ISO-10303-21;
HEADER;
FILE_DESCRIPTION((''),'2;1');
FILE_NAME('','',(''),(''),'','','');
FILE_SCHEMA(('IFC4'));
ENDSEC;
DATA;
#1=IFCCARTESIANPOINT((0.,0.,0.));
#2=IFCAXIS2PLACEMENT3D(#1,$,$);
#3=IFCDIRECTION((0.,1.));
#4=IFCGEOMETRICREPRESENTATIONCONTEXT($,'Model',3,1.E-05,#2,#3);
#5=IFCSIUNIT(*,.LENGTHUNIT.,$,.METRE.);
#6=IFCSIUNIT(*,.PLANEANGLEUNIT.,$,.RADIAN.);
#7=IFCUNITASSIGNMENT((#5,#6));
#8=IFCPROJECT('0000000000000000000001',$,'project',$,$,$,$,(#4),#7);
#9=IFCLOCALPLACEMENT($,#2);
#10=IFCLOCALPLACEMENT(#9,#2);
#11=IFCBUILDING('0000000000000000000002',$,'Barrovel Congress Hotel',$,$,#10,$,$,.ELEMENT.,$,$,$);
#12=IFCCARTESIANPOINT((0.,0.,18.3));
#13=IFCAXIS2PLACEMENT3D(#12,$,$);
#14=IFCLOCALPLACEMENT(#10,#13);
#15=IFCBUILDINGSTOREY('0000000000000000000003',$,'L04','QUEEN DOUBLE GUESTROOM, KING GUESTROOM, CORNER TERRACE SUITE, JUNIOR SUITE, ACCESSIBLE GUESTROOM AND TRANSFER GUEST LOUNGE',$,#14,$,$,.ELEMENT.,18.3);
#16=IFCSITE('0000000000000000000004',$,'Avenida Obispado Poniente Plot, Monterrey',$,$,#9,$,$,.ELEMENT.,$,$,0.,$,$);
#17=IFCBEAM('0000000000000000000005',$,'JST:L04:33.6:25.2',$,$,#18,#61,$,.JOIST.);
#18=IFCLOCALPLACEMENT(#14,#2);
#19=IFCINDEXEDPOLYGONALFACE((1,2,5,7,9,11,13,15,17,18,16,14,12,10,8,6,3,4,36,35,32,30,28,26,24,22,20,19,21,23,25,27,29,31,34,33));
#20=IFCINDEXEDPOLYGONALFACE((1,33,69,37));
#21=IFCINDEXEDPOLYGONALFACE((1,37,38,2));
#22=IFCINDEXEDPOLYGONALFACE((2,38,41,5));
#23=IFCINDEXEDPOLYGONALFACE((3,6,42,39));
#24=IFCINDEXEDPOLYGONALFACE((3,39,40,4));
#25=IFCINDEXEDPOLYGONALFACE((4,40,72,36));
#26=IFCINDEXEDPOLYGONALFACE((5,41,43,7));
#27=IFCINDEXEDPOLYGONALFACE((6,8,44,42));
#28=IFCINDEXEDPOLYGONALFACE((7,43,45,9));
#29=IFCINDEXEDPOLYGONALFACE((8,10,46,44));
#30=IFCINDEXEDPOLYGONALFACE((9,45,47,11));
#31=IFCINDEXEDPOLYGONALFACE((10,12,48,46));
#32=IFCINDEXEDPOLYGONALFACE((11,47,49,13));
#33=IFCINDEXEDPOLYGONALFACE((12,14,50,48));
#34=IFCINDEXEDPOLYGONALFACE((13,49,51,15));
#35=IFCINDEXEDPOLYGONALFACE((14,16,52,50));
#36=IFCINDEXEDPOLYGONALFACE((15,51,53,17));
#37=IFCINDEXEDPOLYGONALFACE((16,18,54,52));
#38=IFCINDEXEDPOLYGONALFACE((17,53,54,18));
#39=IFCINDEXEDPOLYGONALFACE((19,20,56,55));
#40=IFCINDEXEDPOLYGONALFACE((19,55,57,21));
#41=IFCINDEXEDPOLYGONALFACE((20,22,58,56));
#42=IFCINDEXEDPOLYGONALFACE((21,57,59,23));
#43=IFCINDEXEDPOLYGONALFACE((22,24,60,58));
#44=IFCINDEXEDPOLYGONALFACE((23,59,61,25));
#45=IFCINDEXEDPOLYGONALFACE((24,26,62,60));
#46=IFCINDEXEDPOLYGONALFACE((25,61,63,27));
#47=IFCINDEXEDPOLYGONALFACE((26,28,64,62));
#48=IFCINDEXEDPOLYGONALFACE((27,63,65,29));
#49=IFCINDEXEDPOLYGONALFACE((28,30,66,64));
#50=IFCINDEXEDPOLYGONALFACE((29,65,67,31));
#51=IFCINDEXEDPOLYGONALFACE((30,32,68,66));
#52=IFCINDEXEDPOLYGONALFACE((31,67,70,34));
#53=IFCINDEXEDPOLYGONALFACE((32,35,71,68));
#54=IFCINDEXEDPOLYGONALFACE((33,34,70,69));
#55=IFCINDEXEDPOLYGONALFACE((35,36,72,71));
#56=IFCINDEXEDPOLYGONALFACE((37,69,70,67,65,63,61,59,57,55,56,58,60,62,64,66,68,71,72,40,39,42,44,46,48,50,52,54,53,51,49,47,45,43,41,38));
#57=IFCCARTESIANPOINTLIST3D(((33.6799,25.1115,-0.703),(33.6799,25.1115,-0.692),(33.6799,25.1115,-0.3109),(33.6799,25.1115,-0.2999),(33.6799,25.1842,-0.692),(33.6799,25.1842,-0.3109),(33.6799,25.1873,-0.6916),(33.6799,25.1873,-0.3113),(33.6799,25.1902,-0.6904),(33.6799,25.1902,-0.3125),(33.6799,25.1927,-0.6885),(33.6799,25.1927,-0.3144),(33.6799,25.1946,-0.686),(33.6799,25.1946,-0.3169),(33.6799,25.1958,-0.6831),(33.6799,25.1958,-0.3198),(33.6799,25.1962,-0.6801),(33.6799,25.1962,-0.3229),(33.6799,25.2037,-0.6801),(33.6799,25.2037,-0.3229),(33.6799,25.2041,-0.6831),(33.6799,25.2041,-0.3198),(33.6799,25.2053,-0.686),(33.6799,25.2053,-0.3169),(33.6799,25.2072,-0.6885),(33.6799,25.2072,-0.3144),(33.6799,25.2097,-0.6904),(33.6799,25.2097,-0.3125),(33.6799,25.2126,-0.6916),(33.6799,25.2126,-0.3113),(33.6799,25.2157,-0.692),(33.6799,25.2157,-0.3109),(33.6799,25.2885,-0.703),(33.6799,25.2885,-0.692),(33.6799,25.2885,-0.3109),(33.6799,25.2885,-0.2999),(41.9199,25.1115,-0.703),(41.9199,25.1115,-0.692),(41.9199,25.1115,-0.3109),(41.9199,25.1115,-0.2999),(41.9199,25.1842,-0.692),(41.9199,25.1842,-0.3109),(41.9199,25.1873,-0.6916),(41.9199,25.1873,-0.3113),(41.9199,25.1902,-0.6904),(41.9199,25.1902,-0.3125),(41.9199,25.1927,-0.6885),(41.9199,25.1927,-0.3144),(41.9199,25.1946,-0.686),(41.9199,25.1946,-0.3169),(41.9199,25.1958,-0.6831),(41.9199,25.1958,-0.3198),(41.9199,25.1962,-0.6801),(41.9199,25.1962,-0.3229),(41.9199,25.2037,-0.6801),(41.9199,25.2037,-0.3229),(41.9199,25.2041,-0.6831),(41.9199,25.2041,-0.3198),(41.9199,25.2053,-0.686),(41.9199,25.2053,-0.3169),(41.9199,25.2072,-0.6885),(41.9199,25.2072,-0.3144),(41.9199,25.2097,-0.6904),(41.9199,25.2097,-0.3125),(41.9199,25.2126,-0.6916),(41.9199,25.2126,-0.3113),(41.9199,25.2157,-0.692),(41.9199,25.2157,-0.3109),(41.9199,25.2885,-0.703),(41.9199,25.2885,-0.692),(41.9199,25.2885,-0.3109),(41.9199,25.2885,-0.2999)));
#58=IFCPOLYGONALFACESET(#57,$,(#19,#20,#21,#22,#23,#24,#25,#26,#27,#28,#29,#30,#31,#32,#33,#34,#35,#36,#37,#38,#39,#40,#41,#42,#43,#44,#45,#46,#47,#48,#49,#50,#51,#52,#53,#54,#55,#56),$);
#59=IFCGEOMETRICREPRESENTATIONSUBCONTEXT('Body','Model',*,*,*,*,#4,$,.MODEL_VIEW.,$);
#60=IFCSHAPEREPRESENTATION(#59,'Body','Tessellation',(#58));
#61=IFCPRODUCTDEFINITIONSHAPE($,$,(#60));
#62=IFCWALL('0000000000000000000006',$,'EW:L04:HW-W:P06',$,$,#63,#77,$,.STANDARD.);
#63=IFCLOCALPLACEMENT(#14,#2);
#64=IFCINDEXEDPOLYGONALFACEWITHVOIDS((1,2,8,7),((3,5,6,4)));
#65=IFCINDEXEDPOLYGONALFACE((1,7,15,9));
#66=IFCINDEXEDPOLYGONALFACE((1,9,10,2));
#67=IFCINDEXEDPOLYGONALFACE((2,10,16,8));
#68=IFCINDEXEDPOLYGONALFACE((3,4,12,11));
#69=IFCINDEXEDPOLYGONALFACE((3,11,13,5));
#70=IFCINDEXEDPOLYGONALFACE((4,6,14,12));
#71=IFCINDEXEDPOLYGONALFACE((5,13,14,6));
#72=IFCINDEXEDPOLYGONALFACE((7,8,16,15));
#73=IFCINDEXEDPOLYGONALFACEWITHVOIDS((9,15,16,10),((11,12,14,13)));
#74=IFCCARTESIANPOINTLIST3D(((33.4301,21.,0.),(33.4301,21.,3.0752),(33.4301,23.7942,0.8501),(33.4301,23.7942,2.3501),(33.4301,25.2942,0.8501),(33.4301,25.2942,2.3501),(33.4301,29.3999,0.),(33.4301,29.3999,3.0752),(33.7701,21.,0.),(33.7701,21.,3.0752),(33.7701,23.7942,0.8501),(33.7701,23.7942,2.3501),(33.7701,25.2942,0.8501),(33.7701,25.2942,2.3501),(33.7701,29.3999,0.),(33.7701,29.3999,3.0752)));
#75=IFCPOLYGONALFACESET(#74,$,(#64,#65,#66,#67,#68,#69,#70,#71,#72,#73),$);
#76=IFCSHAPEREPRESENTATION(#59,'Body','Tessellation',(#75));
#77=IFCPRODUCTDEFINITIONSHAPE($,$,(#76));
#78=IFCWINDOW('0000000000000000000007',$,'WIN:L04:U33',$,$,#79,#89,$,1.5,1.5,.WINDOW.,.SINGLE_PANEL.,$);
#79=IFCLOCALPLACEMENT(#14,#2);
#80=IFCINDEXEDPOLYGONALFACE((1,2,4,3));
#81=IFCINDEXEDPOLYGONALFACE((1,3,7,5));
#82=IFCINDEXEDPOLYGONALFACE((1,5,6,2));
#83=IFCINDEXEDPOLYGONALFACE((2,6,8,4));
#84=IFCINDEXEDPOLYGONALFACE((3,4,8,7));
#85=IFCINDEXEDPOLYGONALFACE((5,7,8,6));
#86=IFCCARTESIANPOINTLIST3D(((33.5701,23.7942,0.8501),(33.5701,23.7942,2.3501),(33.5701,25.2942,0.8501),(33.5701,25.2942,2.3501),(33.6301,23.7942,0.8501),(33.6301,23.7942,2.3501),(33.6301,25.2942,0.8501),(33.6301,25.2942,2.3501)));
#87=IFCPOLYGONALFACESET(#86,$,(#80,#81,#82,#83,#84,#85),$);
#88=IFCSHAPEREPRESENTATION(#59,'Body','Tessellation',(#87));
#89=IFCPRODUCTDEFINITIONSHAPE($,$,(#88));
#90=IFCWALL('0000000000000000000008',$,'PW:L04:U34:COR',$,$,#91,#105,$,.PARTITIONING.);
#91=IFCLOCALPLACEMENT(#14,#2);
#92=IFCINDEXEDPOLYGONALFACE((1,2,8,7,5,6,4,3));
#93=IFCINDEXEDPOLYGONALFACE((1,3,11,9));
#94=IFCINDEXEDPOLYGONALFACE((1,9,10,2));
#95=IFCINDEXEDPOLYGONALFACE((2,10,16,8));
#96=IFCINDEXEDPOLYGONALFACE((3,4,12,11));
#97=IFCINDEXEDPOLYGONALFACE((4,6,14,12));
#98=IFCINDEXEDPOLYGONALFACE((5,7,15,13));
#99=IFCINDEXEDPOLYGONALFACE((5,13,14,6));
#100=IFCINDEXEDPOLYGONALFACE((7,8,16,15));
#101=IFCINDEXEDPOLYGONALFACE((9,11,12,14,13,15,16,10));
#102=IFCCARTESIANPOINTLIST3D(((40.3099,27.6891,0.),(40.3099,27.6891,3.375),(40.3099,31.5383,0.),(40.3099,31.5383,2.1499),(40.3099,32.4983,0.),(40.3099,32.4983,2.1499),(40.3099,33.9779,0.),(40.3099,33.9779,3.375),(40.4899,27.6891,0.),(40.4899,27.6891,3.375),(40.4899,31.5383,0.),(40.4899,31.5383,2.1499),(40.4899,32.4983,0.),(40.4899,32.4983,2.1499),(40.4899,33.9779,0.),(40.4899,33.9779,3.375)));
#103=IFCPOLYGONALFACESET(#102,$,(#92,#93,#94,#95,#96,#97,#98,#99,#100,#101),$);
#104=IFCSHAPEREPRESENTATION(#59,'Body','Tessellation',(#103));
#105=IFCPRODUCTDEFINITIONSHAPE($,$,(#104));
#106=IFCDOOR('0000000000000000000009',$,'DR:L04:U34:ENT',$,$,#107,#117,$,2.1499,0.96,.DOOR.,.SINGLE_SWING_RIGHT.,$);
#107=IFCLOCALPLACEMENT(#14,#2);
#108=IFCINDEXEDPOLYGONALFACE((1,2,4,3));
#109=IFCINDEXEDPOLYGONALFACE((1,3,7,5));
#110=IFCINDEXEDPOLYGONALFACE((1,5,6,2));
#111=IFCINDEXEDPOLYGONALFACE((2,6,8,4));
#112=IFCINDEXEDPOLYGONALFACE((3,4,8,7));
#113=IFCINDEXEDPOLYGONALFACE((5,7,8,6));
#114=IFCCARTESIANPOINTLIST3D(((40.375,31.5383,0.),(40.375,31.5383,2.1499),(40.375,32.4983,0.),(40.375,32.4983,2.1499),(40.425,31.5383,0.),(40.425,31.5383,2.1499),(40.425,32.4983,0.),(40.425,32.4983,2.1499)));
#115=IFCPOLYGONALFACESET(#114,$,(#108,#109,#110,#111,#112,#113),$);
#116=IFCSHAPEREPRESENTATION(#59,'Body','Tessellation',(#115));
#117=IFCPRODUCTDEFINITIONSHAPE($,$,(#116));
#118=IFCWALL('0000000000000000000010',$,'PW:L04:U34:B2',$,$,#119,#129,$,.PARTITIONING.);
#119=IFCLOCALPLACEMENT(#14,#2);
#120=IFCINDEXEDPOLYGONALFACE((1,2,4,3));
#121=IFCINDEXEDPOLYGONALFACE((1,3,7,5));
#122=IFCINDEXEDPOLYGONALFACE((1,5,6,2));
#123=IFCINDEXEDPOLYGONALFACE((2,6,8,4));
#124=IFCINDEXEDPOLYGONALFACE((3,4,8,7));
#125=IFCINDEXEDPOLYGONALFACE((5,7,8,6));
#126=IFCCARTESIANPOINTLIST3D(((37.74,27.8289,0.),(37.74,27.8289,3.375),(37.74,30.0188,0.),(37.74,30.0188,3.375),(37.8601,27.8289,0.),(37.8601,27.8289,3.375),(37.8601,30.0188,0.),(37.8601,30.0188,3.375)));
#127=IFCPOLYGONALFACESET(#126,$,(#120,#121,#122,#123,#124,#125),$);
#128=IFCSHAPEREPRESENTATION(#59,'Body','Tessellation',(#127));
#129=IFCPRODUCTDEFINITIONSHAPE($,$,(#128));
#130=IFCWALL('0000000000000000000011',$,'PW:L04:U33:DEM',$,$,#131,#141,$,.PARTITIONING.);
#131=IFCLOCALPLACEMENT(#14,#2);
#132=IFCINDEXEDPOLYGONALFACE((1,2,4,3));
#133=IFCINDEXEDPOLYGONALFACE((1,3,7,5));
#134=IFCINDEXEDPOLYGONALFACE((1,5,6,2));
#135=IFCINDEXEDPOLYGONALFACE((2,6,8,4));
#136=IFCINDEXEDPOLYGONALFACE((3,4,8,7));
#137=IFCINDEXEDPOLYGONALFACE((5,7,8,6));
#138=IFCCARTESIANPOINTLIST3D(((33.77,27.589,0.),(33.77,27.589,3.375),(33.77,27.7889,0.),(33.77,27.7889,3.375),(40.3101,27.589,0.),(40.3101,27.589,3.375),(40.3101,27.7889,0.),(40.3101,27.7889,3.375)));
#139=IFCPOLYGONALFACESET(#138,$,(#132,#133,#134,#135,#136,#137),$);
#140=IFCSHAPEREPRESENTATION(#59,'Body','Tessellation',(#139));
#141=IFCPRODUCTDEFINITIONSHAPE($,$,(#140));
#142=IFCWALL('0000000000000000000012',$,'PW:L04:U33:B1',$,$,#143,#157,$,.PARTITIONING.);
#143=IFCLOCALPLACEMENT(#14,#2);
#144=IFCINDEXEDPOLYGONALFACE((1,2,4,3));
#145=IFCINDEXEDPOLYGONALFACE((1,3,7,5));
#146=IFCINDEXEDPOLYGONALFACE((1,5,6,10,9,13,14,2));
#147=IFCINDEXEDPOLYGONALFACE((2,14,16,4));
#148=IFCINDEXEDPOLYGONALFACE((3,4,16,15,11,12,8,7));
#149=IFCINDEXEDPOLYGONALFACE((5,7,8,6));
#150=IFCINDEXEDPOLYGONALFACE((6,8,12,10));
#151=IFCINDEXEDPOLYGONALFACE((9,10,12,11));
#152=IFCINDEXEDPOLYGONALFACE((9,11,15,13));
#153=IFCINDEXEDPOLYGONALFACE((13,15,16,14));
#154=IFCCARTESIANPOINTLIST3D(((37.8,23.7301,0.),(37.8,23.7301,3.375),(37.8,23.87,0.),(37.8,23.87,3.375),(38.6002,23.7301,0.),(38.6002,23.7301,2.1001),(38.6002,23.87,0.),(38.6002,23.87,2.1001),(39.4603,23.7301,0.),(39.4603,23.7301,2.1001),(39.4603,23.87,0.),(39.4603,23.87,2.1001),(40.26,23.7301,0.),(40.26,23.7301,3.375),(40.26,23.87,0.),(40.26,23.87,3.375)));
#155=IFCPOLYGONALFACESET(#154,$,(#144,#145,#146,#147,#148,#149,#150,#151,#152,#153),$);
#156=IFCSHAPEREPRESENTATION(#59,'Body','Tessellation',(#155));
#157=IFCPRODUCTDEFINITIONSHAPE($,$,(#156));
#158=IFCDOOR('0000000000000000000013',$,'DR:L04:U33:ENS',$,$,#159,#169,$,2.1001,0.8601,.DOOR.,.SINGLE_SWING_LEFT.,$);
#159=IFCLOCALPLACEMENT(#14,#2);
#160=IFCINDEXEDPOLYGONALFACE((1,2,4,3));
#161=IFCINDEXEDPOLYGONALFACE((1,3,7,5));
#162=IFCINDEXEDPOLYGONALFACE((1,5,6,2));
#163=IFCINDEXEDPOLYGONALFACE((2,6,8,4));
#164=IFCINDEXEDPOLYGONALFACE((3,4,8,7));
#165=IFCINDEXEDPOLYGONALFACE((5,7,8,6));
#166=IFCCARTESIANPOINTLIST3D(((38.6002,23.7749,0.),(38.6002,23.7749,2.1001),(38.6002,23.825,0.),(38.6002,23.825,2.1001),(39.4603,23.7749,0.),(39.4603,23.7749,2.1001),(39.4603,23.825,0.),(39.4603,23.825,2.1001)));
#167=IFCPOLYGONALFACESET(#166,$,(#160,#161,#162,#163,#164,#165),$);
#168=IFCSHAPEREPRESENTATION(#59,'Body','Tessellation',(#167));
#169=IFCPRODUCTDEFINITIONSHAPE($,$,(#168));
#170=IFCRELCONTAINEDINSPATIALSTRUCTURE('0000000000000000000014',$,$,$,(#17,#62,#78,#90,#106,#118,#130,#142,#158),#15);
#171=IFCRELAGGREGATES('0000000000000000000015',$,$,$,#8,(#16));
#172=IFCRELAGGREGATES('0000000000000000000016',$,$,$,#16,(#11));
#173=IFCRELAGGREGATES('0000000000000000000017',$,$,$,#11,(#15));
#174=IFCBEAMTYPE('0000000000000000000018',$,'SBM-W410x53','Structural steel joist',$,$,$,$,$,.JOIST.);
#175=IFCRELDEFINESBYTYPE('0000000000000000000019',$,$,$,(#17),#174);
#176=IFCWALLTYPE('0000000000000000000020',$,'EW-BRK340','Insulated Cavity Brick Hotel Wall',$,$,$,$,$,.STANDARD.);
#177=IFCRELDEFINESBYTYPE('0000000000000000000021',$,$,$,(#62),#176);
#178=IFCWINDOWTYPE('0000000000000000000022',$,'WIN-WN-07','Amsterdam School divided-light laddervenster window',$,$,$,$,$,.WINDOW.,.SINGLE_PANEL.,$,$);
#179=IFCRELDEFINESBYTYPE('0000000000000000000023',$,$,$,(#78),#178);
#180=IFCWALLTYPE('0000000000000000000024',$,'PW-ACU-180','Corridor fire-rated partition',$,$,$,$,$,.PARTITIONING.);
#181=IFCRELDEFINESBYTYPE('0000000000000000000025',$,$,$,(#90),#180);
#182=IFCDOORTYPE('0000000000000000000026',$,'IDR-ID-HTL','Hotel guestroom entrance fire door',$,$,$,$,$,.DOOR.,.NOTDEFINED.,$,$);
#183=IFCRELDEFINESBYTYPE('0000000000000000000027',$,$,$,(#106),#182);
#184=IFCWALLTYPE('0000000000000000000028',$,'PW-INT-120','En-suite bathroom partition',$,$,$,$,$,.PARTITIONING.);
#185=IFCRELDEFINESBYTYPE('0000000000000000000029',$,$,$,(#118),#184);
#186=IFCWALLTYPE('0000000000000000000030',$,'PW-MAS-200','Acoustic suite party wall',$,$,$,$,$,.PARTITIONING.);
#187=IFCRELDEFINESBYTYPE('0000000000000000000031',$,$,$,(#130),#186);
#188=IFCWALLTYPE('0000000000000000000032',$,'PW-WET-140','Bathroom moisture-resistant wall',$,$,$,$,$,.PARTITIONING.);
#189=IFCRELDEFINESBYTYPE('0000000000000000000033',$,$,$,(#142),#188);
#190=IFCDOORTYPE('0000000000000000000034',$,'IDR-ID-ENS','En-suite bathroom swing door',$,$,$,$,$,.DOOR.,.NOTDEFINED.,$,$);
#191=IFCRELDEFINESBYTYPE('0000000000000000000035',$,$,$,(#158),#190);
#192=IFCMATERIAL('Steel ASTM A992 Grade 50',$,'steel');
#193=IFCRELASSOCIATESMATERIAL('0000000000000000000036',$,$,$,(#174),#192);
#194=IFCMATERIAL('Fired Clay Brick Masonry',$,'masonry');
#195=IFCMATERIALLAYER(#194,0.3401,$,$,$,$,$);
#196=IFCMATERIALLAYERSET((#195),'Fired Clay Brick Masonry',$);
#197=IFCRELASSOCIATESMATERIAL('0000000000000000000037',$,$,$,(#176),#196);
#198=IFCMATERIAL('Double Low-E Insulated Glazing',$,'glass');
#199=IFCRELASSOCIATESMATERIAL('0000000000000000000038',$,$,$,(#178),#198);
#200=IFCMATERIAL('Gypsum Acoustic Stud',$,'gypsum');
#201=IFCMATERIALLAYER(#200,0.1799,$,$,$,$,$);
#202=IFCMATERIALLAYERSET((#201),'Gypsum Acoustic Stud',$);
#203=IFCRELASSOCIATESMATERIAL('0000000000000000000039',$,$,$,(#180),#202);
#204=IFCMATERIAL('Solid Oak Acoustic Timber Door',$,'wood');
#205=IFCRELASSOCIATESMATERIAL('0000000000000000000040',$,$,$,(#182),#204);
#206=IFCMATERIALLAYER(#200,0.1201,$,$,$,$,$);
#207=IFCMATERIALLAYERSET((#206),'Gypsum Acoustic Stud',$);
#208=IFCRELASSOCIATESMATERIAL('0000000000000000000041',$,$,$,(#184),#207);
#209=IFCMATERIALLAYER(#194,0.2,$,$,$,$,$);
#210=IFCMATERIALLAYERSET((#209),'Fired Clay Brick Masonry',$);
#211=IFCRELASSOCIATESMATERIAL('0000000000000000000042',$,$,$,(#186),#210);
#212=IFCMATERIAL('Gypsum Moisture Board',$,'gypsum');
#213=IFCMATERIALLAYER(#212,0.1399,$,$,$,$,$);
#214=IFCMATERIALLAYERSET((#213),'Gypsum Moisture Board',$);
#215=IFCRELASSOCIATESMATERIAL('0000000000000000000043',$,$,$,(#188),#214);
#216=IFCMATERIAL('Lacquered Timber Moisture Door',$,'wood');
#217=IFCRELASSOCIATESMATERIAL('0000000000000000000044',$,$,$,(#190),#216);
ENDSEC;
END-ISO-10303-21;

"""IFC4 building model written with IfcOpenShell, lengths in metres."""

from ifc_helpers import new_model, si_unit, direction, frame, frame_2d, origin, origin_2d, place, context, subcontext, project, spatial, rectangle, i_section, extrude, material, layer, layer_set, material_profile, profile_set, type_object, element, fill, save


model = new_model("IFC4")

# Units and contexts
model_context = context("Model", 3, precision=1e-05, world=origin(), true_north=direction((0.0, 1.0)))
body_context = subcontext(model_context, "Body", "Model", "MODEL_VIEW")
ifc_project = project(units=[si_unit("LENGTHUNIT", "METRE"), si_unit("PLANEANGLEUNIT", "RADIAN")], contexts=[model_context])

# Site, building, storey
site_placement = place(None, origin())
site = spatial("IfcSite", under=ifc_project, at=site_placement, Name="Avenida Obispado Poniente Plot, Monterrey", CompositionType="ELEMENT", RefElevation=0.0)
building_placement = place(site_placement, origin())
building = spatial("IfcBuilding", under=site, at=building_placement, Name="Barrovel Congress Hotel", CompositionType="ELEMENT")
storey_placement = place(building_placement, frame((0.0, 0.0, 18.3)))
storey = spatial("IfcBuildingStorey", under=building, at=storey_placement, Name="L04", Description="QUEEN DOUBLE GUESTROOM, KING GUESTROOM, CORNER TERRACE SUITE, JUNIOR SUITE, ACCESSIBLE GUESTROOM AND TRANSFER GUEST LOUNGE", CompositionType="ELEMENT", Elevation=18.3)

# Beam
ifc_material_1 = material(Name="Steel ASTM A992 Grade 50", Category="steel")
ifc_material_profile_1 = material_profile(ifc_material_1, i_section(OverallWidth=0.177, OverallDepth=0.4031, WebThickness=0.0076, FlangeThickness=0.011, FilletRadius=0.012, at=origin_2d()), Name="W410x53")
ifc_profile_set_1 = profile_set([ifc_material_profile_1], Name="Steel ASTM A992 Grade 50")
beam_type_1 = type_object("IfcBeamType", Name="SBM-W410x53", Description="Structural steel joist", PredefinedType="JOIST", material=ifc_profile_set_1)
beam_1_placement = place(storey_placement, frame((33.6799, 25.2, -0.5015), z_axis=(1.0, 0.0, 0.0), x_axis=(0.0, 1.0, 0.0)))
element("IfcBeam", 1, at=beam_1_placement, inside=storey, type_object=beam_type_1, Name="JST:L04:33.6:25.2", PredefinedType="JOIST", context=body_context, shape_type="SweptSolid", body=[
    extrude(i_section(OverallWidth=0.177, OverallDepth=0.4031, WebThickness=0.0076, FlangeThickness=0.011, FilletRadius=0.012, at=origin_2d()), origin(), (0.0, 0.0, 1.0), 8.24),
])

# Wall, opening, window
ifc_material_2 = material(Name="Fired Clay Brick Masonry", Category="masonry")
ifc_layer_1 = layer(ifc_material_2, 0.3401)
ifc_layer_set_1 = layer_set([ifc_layer_1], Name="Fired Clay Brick Masonry")
wall_type_1 = type_object("IfcWallType", Name="EW-BRK340", Description="Insulated Cavity Brick Hotel Wall", PredefinedType="STANDARD", material=ifc_layer_set_1)
wall_1_placement = place(storey_placement, frame((33.6001, 29.3999, 0.0), z_axis=(0.0, 0.0, 1.0), x_axis=(0.0, -1.0, 0.0)))
wall_1 = element("IfcWall", 2, at=wall_1_placement, inside=storey, type_object=wall_type_1, Name="EW:L04:HW-W:P06", PredefinedType="STANDARD", context=body_context, shape_type="SweptSolid", body=[
    extrude(rectangle(XDim=8.3999, YDim=0.3401, at=frame_2d((4.2, 0.0))), origin(), (0.0, 0.0, 1.0), 3.0752),
])
opening_1_placement = place(wall_1_placement, frame((4.1057, 0.0, 0.8501)))
opening_1 = element("IfcOpeningElement", 3, at=opening_1_placement, cuts=wall_1, PredefinedType="OPENING", context=body_context, shape_type="SweptSolid", body=[
    extrude(rectangle(XDim=1.5, YDim=1.5, at=frame_2d((0.75, 0.75))), frame((0.0, 0.1802, 0.0), z_axis=(0.0, -1.0, 0.0), x_axis=(1.0, 0.0, 0.0)), (0.0, 0.0, 1.0), 0.3601),
])
ifc_material_3 = material(Name="Double Low-E Insulated Glazing", Category="glass")
window_type = type_object("IfcWindowType", Name="WIN-WN-07", Description="Amsterdam School divided-light laddervenster window", PartitioningType="SINGLE_PANEL", PredefinedType="WINDOW", material=ifc_material_3)
window_placement = place(opening_1_placement, origin())
window = element("IfcWindow", 4, at=window_placement, inside=storey, type_object=window_type, Name="WIN:L04:U33", OverallHeight=1.5, OverallWidth=1.5, PartitioningType="SINGLE_PANEL", PredefinedType="WINDOW", context=body_context, shape_type="SweptSolid", body=[
    extrude(rectangle(XDim=1.5, YDim=1.5, at=frame_2d((0.75, 0.75))), frame((0.0, 0.03, 0.0), z_axis=(0.0, -1.0, 0.0), x_axis=(1.0, 0.0, 0.0)), (0.0, 0.0, 1.0), 0.0601),
])
fill(opening_1, window)

# Wall, opening, door
ifc_material_4 = material(Name="Gypsum Acoustic Stud", Category="gypsum")
ifc_layer_2 = layer(ifc_material_4, 0.1799)
ifc_layer_set_2 = layer_set([ifc_layer_2], Name="Gypsum Acoustic Stud")
wall_type_2 = type_object("IfcWallType", Name="PW-ACU-180", Description="Corridor fire-rated partition", PredefinedType="PARTITIONING", material=ifc_layer_set_2)
wall_2_placement = place(storey_placement, frame((40.3999, 27.689, 0.0), z_axis=(0.0, 0.0, 1.0), x_axis=(0.0, 1.0, 0.0)))
wall_2 = element("IfcWall", 5, at=wall_2_placement, inside=storey, type_object=wall_type_2, Name="PW:L04:U34:COR", PredefinedType="PARTITIONING", context=body_context, shape_type="SweptSolid", body=[
    extrude(rectangle(XDim=6.2888, YDim=0.1799, at=frame_2d((3.1445, 0.0))), origin(), (0.0, 0.0, 1.0), 3.375),
])
opening_2_placement = place(wall_2_placement, frame((3.8494, 0.0, 0.0)))
opening_2 = element("IfcOpeningElement", 6, at=opening_2_placement, cuts=wall_2, PredefinedType="OPENING", context=body_context, shape_type="SweptSolid", body=[
    extrude(rectangle(XDim=0.96, YDim=2.1499, at=frame_2d((0.48, 1.075))), frame((0.0, 0.1001, 0.0), z_axis=(0.0, -1.0, 0.0), x_axis=(1.0, 0.0, 0.0)), (0.0, 0.0, 1.0), 0.2),
])
ifc_material_5 = material(Name="Solid Oak Acoustic Timber Door", Category="wood")
door_type_1 = type_object("IfcDoorType", Name="IDR-ID-HTL", Description="Hotel guestroom entrance fire door", OperationType="NOTDEFINED", PredefinedType="DOOR", material=ifc_material_5)
door_1_placement = place(opening_2_placement, origin())
door_1 = element("IfcDoor", 7, at=door_1_placement, inside=storey, type_object=door_type_1, Name="DR:L04:U34:ENT", OperationType="SINGLE_SWING_RIGHT", OverallHeight=2.1499, OverallWidth=0.96, PredefinedType="DOOR", context=body_context, shape_type="SweptSolid", body=[
    extrude(rectangle(XDim=0.96, YDim=2.1499, at=frame_2d((0.48, 1.075))), frame((0.0, 0.0249, 0.0), z_axis=(0.0, -1.0, 0.0), x_axis=(1.0, 0.0, 0.0)), (0.0, 0.0, 1.0), 0.05),
])
fill(opening_2, door_1)

# Walls
ifc_layer_3 = layer(ifc_material_4, 0.1201)
ifc_layer_set_3 = layer_set([ifc_layer_3], Name="Gypsum Acoustic Stud")
wall_type_3 = type_object("IfcWallType", Name="PW-INT-120", Description="En-suite bathroom partition", PredefinedType="PARTITIONING", material=ifc_layer_set_3)
wall_3_placement = place(storey_placement, frame((37.8, 27.8289, 0.0), z_axis=(0.0, 0.0, 1.0), x_axis=(0.0, 1.0, 0.0)))
element("IfcWall", 8, at=wall_3_placement, inside=storey, type_object=wall_type_3, Name="PW:L04:U34:B2", PredefinedType="PARTITIONING", context=body_context, shape_type="SweptSolid", body=[
    extrude(rectangle(XDim=2.1899, YDim=0.1201, at=frame_2d((1.095, 0.0))), origin(), (0.0, 0.0, 1.0), 3.375),
])
ifc_layer_4 = layer(ifc_material_2, 0.2)
ifc_layer_set_4 = layer_set([ifc_layer_4], Name="Fired Clay Brick Masonry")
wall_type_4 = type_object("IfcWallType", Name="PW-MAS-200", Description="Acoustic suite party wall", PredefinedType="PARTITIONING", material=ifc_layer_set_4)
wall_4_placement = place(storey_placement, frame((33.77, 27.689, 0.0), z_axis=(0.0, 0.0, 1.0), x_axis=(1.0, 0.0, 0.0)))
element("IfcWall", 9, at=wall_4_placement, inside=storey, type_object=wall_type_4, Name="PW:L04:U33:DEM", PredefinedType="PARTITIONING", context=body_context, shape_type="SweptSolid", body=[
    extrude(rectangle(XDim=6.54, YDim=0.2, at=frame_2d((3.27, 0.0))), origin(), (0.0, 0.0, 1.0), 3.375),
])

# Wall, opening, door
ifc_material_6 = material(Name="Gypsum Moisture Board", Category="gypsum")
ifc_layer_5 = layer(ifc_material_6, 0.1399)
ifc_layer_set_5 = layer_set([ifc_layer_5], Name="Gypsum Moisture Board")
wall_type_5 = type_object("IfcWallType", Name="PW-WET-140", Description="Bathroom moisture-resistant wall", PredefinedType="PARTITIONING", material=ifc_layer_set_5)
wall_5_placement = place(storey_placement, frame((37.8, 23.8, 0.0), z_axis=(0.0, 0.0, 1.0), x_axis=(1.0, 0.0, 0.0)))
wall_5 = element("IfcWall", 10, at=wall_5_placement, inside=storey, type_object=wall_type_5, Name="PW:L04:U33:B1", PredefinedType="PARTITIONING", context=body_context, shape_type="SweptSolid", body=[
    extrude(rectangle(XDim=2.46, YDim=0.1399, at=frame_2d((1.23, 0.0))), origin(), (0.0, 0.0, 1.0), 3.375),
])
opening_3_placement = place(wall_5_placement, frame((0.8, 0.0, 0.0)))
opening_3 = element("IfcOpeningElement", 11, at=opening_3_placement, cuts=wall_5, PredefinedType="OPENING", context=body_context, shape_type="SweptSolid", body=[
    extrude(rectangle(XDim=0.8601, YDim=2.1001, at=frame_2d((0.4302, 1.05))), frame((0.0, 0.0801, 0.0), z_axis=(0.0, -1.0, 0.0), x_axis=(1.0, 0.0, 0.0)), (0.0, 0.0, 1.0), 0.1599),
])
ifc_material_7 = material(Name="Lacquered Timber Moisture Door", Category="wood")
door_type_2 = type_object("IfcDoorType", Name="IDR-ID-ENS", Description="En-suite bathroom swing door", OperationType="NOTDEFINED", PredefinedType="DOOR", material=ifc_material_7)
door_2_placement = place(opening_3_placement, origin())
door_2 = element("IfcDoor", 12, at=door_2_placement, inside=storey, type_object=door_type_2, Name="DR:L04:U33:ENS", OperationType="SINGLE_SWING_LEFT", OverallHeight=2.1001, OverallWidth=0.8601, PredefinedType="DOOR", context=body_context, shape_type="SweptSolid", body=[
    extrude(rectangle(XDim=0.8601, YDim=2.1001, at=frame_2d((0.4302, 1.05))), frame((0.0, 0.0249, 0.0), z_axis=(0.0, -1.0, 0.0), x_axis=(1.0, 0.0, 0.0)), (0.0, 0.0, 1.0), 0.05),
])
fill(opening_3, door_2)

save(model, "model.ifc")
